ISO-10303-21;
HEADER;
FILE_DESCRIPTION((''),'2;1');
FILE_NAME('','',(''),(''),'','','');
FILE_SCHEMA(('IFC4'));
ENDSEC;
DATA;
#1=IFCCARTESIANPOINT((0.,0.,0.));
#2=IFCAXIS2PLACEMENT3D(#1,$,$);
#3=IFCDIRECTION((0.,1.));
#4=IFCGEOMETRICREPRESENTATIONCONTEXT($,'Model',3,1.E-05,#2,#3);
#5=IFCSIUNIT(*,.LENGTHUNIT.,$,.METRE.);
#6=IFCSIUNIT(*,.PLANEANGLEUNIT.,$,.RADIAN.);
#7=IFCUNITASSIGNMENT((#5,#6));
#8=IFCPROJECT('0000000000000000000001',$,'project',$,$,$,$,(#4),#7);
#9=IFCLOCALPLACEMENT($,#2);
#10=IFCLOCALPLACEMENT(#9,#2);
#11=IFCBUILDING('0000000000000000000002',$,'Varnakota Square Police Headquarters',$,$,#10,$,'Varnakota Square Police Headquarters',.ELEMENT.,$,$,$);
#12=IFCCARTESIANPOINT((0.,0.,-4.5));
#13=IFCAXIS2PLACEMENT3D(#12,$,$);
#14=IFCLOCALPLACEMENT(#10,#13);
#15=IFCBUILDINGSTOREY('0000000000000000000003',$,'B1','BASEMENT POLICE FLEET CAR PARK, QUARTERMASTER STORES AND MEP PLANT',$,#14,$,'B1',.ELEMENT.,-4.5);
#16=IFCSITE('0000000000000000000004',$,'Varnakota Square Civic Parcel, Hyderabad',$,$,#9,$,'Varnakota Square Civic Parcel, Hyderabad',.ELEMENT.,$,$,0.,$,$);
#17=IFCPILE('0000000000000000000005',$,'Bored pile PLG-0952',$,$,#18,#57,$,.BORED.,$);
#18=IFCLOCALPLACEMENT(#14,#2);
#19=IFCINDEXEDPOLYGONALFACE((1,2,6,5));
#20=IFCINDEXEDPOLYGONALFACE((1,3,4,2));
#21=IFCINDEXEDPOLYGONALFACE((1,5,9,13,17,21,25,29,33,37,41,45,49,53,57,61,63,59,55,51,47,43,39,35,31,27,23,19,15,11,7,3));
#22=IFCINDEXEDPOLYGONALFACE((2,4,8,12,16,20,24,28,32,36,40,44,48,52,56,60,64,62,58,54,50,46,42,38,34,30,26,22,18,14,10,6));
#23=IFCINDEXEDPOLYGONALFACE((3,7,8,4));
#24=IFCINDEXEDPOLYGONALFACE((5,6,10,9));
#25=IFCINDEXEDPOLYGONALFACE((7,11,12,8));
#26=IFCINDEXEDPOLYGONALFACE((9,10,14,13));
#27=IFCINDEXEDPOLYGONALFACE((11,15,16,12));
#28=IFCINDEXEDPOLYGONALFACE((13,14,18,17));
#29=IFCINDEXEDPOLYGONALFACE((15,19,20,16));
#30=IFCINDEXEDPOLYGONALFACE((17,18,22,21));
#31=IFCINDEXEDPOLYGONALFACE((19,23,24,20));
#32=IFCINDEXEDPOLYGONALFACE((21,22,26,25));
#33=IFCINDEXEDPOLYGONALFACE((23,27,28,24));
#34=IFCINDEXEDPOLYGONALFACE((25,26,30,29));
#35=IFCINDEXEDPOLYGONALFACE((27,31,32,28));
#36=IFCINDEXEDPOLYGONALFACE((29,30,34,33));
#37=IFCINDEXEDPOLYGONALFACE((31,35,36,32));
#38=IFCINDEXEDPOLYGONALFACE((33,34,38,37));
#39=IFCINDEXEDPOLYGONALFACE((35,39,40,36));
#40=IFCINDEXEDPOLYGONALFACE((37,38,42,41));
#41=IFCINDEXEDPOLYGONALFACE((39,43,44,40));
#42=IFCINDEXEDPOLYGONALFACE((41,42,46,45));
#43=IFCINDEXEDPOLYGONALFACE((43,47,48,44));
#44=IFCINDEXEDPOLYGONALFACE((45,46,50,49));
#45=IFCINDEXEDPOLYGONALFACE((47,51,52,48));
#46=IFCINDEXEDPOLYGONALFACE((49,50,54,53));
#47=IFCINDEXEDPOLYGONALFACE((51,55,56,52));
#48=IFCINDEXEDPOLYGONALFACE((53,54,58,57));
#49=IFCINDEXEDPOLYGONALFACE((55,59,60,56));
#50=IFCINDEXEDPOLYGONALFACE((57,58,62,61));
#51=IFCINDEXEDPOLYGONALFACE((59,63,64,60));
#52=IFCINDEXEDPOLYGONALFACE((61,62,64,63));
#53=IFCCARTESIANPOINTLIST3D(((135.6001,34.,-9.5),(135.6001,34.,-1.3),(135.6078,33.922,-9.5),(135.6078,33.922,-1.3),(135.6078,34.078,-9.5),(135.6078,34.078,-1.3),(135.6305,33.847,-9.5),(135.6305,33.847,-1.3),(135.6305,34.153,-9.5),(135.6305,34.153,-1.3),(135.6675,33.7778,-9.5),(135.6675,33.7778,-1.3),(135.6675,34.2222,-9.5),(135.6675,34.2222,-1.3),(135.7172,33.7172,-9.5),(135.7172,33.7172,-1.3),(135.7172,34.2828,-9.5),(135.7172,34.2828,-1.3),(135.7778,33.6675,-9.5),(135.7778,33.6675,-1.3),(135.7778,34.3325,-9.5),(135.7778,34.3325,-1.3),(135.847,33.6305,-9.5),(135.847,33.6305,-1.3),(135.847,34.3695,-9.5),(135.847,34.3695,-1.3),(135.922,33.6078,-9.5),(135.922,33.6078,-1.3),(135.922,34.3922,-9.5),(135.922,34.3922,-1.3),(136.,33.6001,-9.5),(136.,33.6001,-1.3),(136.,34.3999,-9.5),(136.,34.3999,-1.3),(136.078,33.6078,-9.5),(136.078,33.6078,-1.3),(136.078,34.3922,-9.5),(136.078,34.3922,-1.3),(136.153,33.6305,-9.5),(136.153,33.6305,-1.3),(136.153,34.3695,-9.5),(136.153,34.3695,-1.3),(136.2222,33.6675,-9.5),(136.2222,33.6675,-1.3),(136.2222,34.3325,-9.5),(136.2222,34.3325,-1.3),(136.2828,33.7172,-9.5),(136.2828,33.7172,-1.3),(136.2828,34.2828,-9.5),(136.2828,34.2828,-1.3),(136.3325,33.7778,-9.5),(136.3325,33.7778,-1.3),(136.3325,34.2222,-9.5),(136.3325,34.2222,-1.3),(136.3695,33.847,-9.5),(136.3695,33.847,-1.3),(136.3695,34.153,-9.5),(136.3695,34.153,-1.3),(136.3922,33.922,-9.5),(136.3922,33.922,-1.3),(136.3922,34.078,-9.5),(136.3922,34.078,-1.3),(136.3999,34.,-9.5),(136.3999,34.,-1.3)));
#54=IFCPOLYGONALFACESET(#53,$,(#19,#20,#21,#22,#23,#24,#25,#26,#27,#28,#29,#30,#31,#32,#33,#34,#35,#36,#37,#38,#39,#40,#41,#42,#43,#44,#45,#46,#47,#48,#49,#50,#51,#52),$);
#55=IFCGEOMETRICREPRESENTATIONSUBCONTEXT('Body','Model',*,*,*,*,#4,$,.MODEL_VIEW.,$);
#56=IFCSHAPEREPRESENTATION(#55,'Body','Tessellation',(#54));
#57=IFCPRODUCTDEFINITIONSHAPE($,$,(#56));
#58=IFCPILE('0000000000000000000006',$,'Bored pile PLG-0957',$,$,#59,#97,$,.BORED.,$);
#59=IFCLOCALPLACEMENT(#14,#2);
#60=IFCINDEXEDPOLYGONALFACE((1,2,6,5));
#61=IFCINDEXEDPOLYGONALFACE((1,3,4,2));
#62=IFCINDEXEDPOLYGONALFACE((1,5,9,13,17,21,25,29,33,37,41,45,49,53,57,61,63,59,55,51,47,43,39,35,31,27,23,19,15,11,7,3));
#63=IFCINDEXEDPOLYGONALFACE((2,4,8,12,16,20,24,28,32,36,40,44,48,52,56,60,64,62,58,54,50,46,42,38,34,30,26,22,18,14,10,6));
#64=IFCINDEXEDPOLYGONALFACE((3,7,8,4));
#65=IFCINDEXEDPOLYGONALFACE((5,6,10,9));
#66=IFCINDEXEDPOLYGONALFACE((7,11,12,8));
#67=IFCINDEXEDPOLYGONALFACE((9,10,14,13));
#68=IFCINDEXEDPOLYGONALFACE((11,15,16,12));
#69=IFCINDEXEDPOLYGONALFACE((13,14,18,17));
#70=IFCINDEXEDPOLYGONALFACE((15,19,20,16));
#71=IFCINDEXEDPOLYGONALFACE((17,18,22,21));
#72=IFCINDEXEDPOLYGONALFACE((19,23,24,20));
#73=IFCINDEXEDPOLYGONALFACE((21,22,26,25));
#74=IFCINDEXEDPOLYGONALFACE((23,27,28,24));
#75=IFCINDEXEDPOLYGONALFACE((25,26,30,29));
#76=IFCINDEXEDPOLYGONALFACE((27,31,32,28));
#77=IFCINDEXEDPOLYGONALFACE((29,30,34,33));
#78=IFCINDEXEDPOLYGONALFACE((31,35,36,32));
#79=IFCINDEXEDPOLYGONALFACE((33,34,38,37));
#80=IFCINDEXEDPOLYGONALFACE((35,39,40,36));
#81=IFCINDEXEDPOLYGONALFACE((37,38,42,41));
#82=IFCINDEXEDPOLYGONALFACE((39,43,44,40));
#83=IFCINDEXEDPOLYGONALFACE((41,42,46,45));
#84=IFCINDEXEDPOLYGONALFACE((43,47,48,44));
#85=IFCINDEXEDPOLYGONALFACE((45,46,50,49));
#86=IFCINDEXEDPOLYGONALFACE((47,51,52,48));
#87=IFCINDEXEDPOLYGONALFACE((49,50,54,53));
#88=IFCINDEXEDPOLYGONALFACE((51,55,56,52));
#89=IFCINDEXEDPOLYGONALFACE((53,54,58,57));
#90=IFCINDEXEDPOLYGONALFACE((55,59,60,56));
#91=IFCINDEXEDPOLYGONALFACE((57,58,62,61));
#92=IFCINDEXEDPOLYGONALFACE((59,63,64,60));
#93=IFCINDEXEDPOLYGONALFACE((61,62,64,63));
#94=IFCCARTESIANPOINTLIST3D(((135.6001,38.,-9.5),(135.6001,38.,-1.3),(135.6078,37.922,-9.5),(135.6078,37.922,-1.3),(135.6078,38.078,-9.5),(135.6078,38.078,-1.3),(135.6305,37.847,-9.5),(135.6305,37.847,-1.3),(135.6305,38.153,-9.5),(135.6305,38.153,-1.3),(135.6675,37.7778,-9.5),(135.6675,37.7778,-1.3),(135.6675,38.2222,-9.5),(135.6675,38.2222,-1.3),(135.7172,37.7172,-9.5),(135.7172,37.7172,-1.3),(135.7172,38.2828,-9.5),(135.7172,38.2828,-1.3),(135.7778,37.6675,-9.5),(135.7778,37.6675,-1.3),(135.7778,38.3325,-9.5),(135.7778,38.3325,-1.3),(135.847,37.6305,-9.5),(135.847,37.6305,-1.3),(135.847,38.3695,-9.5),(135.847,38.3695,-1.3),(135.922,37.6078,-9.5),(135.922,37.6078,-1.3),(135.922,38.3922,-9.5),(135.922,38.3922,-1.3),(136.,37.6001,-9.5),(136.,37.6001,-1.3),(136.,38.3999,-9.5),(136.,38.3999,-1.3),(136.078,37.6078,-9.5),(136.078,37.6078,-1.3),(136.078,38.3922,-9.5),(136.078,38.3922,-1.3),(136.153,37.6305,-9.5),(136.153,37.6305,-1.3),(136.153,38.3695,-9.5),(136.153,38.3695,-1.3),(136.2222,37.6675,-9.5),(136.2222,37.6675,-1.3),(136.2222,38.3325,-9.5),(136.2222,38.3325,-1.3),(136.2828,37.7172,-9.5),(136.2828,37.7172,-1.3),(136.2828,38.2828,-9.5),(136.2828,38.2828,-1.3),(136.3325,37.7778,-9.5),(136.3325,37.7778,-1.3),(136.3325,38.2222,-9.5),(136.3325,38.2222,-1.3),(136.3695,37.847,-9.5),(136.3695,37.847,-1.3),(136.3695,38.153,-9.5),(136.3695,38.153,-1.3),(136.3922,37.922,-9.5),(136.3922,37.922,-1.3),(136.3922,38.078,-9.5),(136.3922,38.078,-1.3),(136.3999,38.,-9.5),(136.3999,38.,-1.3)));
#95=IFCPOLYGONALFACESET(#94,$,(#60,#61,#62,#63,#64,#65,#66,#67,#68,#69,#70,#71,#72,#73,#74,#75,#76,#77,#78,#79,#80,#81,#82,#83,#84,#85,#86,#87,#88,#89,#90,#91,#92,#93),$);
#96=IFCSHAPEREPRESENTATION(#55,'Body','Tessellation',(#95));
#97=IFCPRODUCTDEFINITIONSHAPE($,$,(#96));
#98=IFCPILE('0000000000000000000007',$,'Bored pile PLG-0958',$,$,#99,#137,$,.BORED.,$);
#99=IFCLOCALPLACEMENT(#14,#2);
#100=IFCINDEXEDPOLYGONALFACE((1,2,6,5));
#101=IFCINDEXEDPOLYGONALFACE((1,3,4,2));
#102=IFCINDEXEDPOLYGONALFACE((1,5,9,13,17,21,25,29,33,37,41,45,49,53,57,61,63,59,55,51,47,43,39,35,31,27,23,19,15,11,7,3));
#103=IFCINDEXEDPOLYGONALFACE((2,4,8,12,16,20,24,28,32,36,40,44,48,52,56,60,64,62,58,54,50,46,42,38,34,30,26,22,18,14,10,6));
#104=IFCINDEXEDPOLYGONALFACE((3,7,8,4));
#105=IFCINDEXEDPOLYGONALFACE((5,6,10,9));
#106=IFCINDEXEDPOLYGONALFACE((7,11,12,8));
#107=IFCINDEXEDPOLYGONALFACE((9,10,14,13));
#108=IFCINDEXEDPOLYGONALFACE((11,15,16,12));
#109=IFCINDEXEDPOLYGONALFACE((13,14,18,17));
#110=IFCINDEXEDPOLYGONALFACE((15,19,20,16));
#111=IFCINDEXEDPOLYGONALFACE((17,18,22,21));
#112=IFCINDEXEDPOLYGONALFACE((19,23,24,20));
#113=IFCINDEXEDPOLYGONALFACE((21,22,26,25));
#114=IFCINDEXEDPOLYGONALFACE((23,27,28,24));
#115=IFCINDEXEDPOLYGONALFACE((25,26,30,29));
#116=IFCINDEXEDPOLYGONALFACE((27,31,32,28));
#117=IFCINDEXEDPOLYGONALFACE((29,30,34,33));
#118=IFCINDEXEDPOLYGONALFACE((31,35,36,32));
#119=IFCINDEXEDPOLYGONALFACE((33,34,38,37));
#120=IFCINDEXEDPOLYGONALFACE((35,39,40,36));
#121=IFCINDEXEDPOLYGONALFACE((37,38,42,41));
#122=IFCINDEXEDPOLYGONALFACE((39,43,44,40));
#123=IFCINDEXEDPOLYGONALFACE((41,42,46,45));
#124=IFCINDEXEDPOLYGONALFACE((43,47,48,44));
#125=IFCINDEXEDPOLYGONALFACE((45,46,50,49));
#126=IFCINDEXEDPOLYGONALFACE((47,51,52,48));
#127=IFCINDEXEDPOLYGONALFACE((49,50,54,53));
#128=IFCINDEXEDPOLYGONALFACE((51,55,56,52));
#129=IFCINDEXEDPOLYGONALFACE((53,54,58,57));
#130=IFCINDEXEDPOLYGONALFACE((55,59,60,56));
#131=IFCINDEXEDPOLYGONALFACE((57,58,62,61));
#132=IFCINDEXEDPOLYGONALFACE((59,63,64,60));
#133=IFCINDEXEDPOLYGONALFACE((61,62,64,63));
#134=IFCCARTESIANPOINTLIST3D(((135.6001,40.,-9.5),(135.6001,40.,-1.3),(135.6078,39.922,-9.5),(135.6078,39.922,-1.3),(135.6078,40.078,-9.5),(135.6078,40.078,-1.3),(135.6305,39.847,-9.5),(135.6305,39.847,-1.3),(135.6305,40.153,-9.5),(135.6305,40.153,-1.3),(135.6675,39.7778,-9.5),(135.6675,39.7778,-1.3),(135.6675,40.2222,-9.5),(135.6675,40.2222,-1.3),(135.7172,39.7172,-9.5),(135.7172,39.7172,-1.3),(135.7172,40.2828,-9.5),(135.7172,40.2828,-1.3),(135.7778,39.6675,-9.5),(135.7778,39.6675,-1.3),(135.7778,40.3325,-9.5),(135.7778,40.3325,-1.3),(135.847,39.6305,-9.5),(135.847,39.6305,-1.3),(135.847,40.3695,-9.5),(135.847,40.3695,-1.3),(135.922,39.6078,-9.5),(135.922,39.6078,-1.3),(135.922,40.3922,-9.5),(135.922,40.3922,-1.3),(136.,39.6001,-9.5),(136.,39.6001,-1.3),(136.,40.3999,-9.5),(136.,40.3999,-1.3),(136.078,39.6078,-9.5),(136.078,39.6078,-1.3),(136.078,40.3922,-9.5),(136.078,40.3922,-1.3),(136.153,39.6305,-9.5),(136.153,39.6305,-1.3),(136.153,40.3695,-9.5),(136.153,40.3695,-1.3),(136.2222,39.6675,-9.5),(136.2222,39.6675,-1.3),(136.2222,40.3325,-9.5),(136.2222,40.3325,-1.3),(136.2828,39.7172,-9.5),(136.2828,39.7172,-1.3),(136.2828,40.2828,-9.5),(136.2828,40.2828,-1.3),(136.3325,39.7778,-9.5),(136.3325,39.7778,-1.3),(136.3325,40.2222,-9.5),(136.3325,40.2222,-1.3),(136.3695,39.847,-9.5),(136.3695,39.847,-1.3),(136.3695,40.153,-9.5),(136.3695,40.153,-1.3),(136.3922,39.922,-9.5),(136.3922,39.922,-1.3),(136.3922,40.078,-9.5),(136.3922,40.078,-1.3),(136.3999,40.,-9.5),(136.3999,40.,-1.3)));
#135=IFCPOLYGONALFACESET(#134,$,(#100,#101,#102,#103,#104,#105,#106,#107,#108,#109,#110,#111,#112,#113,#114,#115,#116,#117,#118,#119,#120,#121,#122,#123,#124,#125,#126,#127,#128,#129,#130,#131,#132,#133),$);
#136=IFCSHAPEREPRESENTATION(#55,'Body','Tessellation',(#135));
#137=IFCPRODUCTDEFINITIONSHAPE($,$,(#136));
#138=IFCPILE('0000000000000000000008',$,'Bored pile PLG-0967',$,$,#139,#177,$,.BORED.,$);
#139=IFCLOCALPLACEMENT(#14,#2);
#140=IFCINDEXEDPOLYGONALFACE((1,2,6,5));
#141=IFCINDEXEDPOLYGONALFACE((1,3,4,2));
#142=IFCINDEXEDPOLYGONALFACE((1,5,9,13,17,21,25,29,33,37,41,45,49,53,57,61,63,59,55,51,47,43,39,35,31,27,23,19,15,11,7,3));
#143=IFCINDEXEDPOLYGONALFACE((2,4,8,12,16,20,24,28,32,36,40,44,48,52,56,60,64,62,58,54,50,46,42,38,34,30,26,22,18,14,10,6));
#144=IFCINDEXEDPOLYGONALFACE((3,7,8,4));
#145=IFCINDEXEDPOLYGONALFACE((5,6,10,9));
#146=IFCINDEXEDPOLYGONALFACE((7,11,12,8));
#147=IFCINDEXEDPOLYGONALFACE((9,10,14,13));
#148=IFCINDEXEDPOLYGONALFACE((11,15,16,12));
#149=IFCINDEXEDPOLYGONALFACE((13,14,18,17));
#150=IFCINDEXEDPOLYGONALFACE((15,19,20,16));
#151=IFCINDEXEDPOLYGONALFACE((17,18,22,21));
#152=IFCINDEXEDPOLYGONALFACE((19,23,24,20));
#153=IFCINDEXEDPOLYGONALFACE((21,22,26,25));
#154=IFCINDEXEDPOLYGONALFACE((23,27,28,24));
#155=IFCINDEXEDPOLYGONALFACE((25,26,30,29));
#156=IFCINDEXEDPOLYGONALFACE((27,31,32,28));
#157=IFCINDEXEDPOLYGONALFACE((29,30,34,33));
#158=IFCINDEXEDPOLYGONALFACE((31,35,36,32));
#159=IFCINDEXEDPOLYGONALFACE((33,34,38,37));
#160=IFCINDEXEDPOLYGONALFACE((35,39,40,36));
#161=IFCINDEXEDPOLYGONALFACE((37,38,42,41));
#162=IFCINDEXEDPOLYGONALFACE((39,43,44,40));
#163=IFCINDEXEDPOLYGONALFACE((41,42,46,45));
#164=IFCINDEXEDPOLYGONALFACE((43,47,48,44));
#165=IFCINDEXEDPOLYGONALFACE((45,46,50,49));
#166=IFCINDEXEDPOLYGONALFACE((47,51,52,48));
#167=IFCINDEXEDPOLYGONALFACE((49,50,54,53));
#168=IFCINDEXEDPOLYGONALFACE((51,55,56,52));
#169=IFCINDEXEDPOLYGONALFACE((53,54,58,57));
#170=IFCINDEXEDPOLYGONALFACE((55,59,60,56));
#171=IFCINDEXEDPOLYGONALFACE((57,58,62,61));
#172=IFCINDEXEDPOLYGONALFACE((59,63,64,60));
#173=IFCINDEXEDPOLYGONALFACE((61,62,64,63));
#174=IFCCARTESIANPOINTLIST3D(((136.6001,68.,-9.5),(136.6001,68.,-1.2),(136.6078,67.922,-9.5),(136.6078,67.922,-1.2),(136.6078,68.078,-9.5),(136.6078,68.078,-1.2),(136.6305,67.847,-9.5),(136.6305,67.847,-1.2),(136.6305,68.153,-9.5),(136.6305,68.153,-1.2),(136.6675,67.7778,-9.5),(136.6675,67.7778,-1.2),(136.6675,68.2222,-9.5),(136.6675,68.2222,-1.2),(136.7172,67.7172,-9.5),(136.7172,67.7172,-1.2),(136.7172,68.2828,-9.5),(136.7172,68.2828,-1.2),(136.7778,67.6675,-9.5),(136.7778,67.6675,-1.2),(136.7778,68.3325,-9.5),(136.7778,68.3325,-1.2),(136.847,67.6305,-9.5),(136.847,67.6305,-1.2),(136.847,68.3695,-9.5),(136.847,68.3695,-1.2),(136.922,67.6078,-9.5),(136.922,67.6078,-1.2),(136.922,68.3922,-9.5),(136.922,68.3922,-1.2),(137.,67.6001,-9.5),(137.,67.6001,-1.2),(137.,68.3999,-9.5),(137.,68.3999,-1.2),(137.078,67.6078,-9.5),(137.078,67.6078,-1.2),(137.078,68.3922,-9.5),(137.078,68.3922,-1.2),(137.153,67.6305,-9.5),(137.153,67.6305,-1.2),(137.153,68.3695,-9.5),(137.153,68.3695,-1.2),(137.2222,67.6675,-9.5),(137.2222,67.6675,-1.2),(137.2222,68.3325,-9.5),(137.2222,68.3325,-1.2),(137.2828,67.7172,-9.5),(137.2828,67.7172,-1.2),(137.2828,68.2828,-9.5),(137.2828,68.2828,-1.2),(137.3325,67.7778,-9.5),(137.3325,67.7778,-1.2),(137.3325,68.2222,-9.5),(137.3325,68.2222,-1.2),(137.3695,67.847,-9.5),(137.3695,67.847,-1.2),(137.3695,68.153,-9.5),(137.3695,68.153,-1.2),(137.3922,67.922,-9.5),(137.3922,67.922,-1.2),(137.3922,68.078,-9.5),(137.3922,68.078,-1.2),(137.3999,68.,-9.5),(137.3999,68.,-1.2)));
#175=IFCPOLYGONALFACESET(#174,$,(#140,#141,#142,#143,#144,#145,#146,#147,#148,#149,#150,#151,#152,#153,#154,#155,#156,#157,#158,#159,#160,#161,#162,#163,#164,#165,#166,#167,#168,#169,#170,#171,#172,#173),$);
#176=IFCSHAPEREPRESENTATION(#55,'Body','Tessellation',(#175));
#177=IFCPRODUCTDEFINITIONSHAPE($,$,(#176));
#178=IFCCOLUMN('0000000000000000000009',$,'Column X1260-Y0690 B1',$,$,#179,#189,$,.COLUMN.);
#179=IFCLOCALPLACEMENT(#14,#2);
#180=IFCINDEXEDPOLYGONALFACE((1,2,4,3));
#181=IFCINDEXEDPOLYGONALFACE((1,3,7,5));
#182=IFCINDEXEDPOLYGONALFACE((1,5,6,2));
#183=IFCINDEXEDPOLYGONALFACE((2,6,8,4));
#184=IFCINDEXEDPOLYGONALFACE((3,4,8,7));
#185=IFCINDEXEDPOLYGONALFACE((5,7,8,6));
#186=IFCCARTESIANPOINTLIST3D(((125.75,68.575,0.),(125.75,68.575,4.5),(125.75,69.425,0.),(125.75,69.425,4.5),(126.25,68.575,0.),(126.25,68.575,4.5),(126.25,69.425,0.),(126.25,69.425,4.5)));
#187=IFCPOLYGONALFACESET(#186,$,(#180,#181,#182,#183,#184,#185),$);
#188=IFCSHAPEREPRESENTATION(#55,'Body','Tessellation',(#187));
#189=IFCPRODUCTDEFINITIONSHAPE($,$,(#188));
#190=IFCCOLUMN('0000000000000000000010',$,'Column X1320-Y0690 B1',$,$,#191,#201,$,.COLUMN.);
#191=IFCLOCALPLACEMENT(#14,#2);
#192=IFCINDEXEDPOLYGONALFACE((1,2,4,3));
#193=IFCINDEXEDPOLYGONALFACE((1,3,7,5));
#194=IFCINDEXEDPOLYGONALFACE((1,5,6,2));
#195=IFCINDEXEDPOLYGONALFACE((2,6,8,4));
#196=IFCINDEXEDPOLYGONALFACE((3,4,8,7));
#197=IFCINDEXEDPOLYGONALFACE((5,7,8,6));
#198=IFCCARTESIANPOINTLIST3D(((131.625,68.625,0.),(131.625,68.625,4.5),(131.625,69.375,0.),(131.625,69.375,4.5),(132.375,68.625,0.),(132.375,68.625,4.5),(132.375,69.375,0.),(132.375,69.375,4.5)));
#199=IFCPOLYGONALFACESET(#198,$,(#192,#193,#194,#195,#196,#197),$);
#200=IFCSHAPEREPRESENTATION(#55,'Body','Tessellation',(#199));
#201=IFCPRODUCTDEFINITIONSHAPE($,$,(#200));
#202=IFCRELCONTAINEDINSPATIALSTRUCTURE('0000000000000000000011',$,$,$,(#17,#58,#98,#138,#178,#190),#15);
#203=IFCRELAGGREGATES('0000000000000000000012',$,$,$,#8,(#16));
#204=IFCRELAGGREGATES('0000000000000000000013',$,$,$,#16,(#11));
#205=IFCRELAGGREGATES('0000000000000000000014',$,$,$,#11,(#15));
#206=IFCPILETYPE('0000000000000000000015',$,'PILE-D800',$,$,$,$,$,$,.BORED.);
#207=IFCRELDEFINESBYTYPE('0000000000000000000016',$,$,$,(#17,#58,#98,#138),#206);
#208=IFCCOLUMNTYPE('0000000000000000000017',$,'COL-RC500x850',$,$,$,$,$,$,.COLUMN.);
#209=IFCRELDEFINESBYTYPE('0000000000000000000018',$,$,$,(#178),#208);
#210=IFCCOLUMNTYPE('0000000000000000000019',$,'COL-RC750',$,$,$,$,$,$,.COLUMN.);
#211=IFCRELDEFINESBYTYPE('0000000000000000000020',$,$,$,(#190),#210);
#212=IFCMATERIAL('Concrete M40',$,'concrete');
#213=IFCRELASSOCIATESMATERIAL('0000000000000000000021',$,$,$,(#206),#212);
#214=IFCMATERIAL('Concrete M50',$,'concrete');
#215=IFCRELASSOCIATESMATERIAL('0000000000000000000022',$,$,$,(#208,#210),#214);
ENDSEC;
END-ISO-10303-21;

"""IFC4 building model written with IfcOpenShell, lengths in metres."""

from ifc_helpers import new_model, si_unit, direction, frame, origin, origin_2d, place, context, subcontext, project, spatial, rectangle, circle, extrude, material, material_profile, profile_set, type_object, element, save


model = new_model("IFC4")

# Units and contexts
model_context = context("Model", 3, precision=1e-05, world=origin(), true_north=direction((0.0, 1.0)))
body_context = subcontext(model_context, "Body", "Model", "MODEL_VIEW")
ifc_project = project(units=[si_unit("LENGTHUNIT", "METRE"), si_unit("PLANEANGLEUNIT", "RADIAN")], contexts=[model_context])

# Site, building, storey
site_placement = place(None, origin())
site = spatial("IfcSite", under=ifc_project, at=site_placement, Name="Varnakota Square Civic Parcel, Hyderabad", LongName="Varnakota Square Civic Parcel, Hyderabad", CompositionType="ELEMENT", RefElevation=0.0)
building_placement = place(site_placement, origin())
building = spatial("IfcBuilding", under=site, at=building_placement, Name="Varnakota Square Police Headquarters", LongName="Varnakota Square Police Headquarters", CompositionType="ELEMENT")
storey_placement = place(building_placement, frame((0.0, 0.0, -4.5)))
storey = spatial("IfcBuildingStorey", under=building, at=storey_placement, Name="B1", Description="BASEMENT POLICE FLEET CAR PARK, QUARTERMASTER STORES AND MEP PLANT", LongName="B1", CompositionType="ELEMENT", Elevation=-4.5)

# Shared definitions
ifc_material_1 = material(Name="Concrete M40", Category="concrete")

# Piles
ifc_material_2 = material(Name="Concrete M50", Category="concrete")
ifc_material_profile_1 = material_profile(ifc_material_1, circle(Radius=0.3999, at=origin_2d()), Name="BORED PILE 800")
ifc_profile_set_1 = profile_set([ifc_material_profile_1], Name="Concrete M40")
pile_type_1 = type_object("IfcPileType", Name="PILE-D800", PredefinedType="BORED", material=ifc_profile_set_1)
for number, where, z_axis, x_axis, name in (
    (1, (136.0, 34.0, -1.3), (0.0, 0.0, -1.0), (1.0, 0.0, 0.0), "Bored pile PLG-0952"),
    (2, (136.0, 38.0, -1.3), (0.0, 0.0, -1.0), (1.0, 0.0, 0.0), "Bored pile PLG-0957"),
    (3, (136.0, 40.0, -1.3), (0.0, 0.0, -1.0), (1.0, 0.0, 0.0), "Bored pile PLG-0958"),
):
    element("IfcPile", number, at=place(storey_placement, frame(where, z_axis=z_axis, x_axis=x_axis)), inside=storey, type_object=pile_type_1, Name=name, PredefinedType="BORED", context=body_context, shape_type="SweptSolid", body=[
        extrude(circle(Radius=0.3999, at=origin_2d()), origin(), (0.0, 0.0, 1.0), 8.2),
    ])
pile_placement = place(storey_placement, frame((137.0, 68.0, -1.2), z_axis=(0.0, 0.0, -1.0), x_axis=(1.0, 0.0, 0.0)))
element("IfcPile", 4, at=pile_placement, inside=storey, type_object=pile_type_1, Name="Bored pile PLG-0967", PredefinedType="BORED", context=body_context, shape_type="SweptSolid", body=[
    extrude(circle(Radius=0.3999, at=origin_2d()), origin(), (0.0, 0.0, 1.0), 8.3),
])

# Columns
ifc_material_profile_2 = material_profile(ifc_material_2, rectangle(XDim=0.5, YDim=0.8501, at=origin_2d()), Name="RC 500x850")
ifc_profile_set_2 = profile_set([ifc_material_profile_2], Name="Concrete M50")
column_type_1 = type_object("IfcColumnType", Name="COL-RC500x850", PredefinedType="COLUMN", material=ifc_profile_set_2)
column_1_placement = place(storey_placement, frame((126.0, 69.0, 0.0), z_axis=(0.0, 0.0, 1.0), x_axis=(1.0, 0.0, 0.0)))
element("IfcColumn", 5, at=column_1_placement, inside=storey, type_object=column_type_1, Name="Column X1260-Y0690 B1", PredefinedType="COLUMN", context=body_context, shape_type="SweptSolid", body=[
    extrude(rectangle(XDim=0.5, YDim=0.8501, at=origin_2d()), origin(), (0.0, 0.0, 1.0), 4.5),
])
ifc_material_profile_3 = material_profile(ifc_material_2, rectangle(XDim=0.75, YDim=0.75, at=origin_2d()), Name="RC 750x750")
ifc_profile_set_3 = profile_set([ifc_material_profile_3], Name="Concrete M50")
column_type_2 = type_object("IfcColumnType", Name="COL-RC750", PredefinedType="COLUMN", material=ifc_profile_set_3)
column_2_placement = place(storey_placement, frame((132.0, 69.0, 0.0), z_axis=(0.0, 0.0, 1.0), x_axis=(1.0, 0.0, 0.0)))
element("IfcColumn", 6, at=column_2_placement, inside=storey, type_object=column_type_2, Name="Column X1320-Y0690 B1", PredefinedType="COLUMN", context=body_context, shape_type="SweptSolid", body=[
    extrude(rectangle(XDim=0.75, YDim=0.75, at=origin_2d()), origin(), (0.0, 0.0, 1.0), 4.5),
])

save(model, "model.ifc")
